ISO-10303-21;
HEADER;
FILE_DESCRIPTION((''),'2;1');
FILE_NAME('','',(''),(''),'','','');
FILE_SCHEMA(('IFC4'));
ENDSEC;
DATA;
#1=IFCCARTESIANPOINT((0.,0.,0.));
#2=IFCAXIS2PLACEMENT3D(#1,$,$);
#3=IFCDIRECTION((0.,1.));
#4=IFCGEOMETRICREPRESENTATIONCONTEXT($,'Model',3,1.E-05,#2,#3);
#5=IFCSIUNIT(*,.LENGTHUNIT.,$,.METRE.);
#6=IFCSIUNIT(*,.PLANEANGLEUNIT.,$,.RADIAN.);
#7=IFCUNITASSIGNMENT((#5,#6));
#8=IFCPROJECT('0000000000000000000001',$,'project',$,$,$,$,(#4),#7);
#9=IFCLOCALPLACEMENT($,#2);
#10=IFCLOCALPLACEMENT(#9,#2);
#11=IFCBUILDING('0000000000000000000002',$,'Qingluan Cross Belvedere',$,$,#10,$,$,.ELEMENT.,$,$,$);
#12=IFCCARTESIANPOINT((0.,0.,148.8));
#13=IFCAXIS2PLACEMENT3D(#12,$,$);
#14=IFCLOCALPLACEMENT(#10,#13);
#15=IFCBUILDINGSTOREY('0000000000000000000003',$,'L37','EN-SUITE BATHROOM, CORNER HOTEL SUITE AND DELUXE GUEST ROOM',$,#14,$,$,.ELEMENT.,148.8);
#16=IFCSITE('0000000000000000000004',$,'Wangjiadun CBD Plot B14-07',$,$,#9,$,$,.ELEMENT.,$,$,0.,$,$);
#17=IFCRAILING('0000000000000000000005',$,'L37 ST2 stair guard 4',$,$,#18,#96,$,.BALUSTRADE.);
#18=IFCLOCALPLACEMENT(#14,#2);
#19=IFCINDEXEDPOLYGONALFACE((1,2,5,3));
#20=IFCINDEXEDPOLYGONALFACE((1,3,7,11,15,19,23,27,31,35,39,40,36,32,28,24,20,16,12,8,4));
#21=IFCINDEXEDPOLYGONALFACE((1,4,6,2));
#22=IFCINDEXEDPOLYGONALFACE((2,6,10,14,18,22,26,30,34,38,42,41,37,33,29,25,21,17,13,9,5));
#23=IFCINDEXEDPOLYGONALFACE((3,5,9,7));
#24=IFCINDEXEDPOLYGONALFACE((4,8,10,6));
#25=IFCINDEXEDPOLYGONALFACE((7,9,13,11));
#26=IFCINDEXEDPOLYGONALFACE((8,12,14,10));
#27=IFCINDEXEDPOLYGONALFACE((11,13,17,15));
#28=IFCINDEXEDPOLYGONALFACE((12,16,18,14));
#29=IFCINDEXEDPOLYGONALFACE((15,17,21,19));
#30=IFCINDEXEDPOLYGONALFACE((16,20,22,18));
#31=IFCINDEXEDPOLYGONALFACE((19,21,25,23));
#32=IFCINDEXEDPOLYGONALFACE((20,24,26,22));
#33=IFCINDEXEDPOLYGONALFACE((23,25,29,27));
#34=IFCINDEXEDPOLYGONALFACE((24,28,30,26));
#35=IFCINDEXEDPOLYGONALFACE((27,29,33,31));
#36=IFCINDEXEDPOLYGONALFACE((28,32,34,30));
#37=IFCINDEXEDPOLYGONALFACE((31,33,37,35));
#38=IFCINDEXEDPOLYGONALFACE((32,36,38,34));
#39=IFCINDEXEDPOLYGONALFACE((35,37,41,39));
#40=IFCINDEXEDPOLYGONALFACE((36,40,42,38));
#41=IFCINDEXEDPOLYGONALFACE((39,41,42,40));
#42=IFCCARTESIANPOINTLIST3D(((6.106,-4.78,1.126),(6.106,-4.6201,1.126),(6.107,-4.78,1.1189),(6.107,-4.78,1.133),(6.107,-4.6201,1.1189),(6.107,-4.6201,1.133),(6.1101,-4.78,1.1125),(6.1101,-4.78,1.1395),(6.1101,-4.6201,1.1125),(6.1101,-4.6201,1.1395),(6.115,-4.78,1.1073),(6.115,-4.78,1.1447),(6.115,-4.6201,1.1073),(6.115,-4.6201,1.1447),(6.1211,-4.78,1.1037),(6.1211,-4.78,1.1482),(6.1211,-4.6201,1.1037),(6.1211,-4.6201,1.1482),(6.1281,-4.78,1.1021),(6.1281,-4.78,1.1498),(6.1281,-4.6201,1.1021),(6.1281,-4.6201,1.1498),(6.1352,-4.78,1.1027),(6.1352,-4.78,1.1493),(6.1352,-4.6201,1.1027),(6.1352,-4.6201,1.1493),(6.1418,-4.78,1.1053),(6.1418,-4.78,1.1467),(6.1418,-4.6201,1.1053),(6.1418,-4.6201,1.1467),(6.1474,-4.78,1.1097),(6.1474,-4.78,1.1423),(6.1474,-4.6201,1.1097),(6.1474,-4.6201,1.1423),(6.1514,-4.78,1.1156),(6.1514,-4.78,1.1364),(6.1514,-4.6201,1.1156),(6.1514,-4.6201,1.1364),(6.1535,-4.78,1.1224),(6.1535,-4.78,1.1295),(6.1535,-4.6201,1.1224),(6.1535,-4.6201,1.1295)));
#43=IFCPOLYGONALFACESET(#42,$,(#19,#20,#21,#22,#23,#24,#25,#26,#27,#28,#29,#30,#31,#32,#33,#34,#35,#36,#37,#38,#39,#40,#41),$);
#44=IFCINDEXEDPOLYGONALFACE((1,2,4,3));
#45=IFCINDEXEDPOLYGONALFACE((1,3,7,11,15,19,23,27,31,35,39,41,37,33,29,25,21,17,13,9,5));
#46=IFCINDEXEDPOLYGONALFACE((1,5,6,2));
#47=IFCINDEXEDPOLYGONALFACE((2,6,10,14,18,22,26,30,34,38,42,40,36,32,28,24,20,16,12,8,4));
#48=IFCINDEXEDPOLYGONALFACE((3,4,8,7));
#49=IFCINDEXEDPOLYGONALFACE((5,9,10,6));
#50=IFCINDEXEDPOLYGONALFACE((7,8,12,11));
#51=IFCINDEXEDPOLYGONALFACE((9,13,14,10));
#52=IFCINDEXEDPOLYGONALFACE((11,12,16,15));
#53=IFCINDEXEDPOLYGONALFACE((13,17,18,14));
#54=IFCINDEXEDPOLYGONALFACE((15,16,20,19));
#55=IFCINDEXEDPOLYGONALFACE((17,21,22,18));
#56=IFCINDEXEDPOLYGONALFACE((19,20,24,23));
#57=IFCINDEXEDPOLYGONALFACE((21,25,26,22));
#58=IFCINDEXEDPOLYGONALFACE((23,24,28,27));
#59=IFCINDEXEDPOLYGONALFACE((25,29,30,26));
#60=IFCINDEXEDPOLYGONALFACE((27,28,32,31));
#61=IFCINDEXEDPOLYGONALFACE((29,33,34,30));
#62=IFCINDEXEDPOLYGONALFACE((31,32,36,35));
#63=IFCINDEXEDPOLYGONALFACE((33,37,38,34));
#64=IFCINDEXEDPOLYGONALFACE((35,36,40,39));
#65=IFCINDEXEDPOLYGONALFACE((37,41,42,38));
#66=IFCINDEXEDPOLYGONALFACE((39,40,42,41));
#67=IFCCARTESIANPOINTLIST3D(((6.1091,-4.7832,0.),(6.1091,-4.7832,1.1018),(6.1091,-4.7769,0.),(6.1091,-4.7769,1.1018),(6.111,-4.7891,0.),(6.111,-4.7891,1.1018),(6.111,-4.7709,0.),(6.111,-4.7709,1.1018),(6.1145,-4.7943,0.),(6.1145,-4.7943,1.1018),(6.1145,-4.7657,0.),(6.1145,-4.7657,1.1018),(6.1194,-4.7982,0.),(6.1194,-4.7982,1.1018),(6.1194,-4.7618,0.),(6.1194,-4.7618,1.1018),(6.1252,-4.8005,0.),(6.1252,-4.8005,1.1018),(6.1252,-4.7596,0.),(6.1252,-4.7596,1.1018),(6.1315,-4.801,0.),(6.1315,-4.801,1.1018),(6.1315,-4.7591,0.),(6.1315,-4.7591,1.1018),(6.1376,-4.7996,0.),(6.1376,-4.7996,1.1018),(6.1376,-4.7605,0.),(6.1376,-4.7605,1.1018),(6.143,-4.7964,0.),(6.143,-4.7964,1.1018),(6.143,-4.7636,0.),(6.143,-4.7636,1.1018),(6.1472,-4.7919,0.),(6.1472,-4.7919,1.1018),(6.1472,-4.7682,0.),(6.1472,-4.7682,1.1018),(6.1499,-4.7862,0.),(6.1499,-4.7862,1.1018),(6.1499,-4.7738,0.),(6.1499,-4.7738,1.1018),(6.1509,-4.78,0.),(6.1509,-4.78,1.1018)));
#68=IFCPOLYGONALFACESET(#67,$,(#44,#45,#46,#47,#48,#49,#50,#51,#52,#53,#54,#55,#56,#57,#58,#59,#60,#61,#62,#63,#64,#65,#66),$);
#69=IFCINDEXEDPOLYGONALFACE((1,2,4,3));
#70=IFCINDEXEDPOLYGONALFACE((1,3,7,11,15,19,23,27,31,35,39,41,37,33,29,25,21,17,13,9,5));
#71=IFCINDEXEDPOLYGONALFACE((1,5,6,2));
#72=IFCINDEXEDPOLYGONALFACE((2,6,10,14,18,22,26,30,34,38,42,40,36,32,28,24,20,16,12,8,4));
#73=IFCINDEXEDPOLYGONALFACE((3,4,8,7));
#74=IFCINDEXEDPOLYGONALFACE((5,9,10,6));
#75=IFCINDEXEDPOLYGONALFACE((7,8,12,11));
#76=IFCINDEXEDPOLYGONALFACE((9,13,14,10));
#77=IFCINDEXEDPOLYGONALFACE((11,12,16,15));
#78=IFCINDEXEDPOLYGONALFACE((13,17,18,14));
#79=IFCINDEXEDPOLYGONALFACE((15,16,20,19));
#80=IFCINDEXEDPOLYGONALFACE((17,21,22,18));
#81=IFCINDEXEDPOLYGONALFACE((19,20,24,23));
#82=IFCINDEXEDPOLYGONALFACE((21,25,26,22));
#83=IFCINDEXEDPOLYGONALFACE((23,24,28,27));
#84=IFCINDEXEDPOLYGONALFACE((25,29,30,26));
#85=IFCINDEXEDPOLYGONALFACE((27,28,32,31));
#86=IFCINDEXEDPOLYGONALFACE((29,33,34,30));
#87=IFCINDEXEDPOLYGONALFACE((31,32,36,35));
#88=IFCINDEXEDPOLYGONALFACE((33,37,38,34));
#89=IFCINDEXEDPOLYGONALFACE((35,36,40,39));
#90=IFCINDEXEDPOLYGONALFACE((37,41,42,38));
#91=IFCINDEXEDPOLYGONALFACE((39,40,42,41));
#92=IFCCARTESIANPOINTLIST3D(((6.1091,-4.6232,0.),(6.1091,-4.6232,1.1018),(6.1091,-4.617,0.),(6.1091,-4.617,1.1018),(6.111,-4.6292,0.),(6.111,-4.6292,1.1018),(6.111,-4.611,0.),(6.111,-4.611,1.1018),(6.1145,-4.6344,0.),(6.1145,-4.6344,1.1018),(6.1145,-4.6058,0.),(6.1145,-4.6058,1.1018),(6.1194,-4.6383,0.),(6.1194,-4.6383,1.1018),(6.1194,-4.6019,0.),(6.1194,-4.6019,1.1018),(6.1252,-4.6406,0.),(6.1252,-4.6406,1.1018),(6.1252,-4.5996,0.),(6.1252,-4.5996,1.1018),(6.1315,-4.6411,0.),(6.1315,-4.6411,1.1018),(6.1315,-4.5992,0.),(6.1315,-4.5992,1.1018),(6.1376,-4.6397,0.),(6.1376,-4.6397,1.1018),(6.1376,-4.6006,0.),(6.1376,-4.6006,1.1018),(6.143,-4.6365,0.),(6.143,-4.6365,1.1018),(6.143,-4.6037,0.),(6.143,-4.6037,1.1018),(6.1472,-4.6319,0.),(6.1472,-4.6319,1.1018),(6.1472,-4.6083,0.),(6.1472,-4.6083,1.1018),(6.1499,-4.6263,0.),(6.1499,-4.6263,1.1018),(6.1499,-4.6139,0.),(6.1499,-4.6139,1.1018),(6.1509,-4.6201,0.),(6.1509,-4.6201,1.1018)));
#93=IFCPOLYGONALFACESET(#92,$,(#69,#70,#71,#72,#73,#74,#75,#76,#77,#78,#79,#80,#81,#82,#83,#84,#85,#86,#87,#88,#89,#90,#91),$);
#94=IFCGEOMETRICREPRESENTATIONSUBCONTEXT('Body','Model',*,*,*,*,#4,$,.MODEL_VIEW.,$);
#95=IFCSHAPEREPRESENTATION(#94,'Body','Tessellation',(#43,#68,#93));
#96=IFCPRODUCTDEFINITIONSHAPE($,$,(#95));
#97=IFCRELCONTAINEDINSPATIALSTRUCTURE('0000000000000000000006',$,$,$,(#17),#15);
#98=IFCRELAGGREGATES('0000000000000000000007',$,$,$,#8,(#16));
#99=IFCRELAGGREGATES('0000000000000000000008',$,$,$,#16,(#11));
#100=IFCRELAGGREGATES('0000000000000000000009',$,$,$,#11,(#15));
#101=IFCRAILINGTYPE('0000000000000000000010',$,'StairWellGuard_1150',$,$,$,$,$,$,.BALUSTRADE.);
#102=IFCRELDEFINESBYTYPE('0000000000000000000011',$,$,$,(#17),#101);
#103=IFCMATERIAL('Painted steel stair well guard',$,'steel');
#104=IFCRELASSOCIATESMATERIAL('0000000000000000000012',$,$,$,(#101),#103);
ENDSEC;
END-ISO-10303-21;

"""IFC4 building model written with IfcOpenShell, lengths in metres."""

from ifc_helpers import new_model, si_unit, direction, frame, origin, origin_2d, place, context, subcontext, project, spatial, circle, extrude, material, type_object, element, save


model = new_model("IFC4")

# Units and contexts
model_context = context("Model", 3, precision=1e-05, world=origin(), true_north=direction((0.0, 1.0)))
body_context = subcontext(model_context, "Body", "Model", "MODEL_VIEW")
ifc_project = project(units=[si_unit("LENGTHUNIT", "METRE"), si_unit("PLANEANGLEUNIT", "RADIAN")], contexts=[model_context])

# Site, building, storey
site_placement = place(None, origin())
site = spatial("IfcSite", under=ifc_project, at=site_placement, Name="Wangjiadun CBD Plot B14-07", CompositionType="ELEMENT", RefElevation=0.0)
building_placement = place(site_placement, origin())
building = spatial("IfcBuilding", under=site, at=building_placement, Name="Qingluan Cross Belvedere", CompositionType="ELEMENT")
storey_placement = place(building_placement, frame((0.0, 0.0, 148.8)))
storey = spatial("IfcBuildingStorey", under=building, at=storey_placement, Name="L37", Description="EN-SUITE BATHROOM, CORNER HOTEL SUITE AND DELUXE GUEST ROOM", CompositionType="ELEMENT", Elevation=148.8)

# Railing
ifc_material_1 = material(Name="Painted steel stair well guard", Category="steel")
railing_type_1 = type_object("IfcRailingType", Name="StairWellGuard_1150", PredefinedType="BALUSTRADE", material=ifc_material_1)
railing_1_placement = place(storey_placement, frame((6.1299, -4.78, 0.0)))
element("IfcRailing", 1, at=railing_1_placement, inside=storey, type_object=railing_type_1, Name="L37 ST2 stair guard 4", PredefinedType="BALUSTRADE", context=body_context, shape_type="SweptSolid", body=[
    extrude(circle(Radius=0.0239, at=origin_2d()), frame((0.0, 0.0, 1.126), z_axis=(0.0, 1.0, 0.0), x_axis=(-1.0, 0.0, 0.0)), (0.0, 0.0, 1.0), 0.1599),
    extrude(circle(Radius=0.021, at=origin_2d()), origin(), (0.0, 0.0, 1.0), 1.1018),
    extrude(circle(Radius=0.021, at=origin_2d()), frame((0.0, 0.1599, 0.0)), (0.0, 0.0, 1.0), 1.1018),
])

save(model, "model.ifc")
